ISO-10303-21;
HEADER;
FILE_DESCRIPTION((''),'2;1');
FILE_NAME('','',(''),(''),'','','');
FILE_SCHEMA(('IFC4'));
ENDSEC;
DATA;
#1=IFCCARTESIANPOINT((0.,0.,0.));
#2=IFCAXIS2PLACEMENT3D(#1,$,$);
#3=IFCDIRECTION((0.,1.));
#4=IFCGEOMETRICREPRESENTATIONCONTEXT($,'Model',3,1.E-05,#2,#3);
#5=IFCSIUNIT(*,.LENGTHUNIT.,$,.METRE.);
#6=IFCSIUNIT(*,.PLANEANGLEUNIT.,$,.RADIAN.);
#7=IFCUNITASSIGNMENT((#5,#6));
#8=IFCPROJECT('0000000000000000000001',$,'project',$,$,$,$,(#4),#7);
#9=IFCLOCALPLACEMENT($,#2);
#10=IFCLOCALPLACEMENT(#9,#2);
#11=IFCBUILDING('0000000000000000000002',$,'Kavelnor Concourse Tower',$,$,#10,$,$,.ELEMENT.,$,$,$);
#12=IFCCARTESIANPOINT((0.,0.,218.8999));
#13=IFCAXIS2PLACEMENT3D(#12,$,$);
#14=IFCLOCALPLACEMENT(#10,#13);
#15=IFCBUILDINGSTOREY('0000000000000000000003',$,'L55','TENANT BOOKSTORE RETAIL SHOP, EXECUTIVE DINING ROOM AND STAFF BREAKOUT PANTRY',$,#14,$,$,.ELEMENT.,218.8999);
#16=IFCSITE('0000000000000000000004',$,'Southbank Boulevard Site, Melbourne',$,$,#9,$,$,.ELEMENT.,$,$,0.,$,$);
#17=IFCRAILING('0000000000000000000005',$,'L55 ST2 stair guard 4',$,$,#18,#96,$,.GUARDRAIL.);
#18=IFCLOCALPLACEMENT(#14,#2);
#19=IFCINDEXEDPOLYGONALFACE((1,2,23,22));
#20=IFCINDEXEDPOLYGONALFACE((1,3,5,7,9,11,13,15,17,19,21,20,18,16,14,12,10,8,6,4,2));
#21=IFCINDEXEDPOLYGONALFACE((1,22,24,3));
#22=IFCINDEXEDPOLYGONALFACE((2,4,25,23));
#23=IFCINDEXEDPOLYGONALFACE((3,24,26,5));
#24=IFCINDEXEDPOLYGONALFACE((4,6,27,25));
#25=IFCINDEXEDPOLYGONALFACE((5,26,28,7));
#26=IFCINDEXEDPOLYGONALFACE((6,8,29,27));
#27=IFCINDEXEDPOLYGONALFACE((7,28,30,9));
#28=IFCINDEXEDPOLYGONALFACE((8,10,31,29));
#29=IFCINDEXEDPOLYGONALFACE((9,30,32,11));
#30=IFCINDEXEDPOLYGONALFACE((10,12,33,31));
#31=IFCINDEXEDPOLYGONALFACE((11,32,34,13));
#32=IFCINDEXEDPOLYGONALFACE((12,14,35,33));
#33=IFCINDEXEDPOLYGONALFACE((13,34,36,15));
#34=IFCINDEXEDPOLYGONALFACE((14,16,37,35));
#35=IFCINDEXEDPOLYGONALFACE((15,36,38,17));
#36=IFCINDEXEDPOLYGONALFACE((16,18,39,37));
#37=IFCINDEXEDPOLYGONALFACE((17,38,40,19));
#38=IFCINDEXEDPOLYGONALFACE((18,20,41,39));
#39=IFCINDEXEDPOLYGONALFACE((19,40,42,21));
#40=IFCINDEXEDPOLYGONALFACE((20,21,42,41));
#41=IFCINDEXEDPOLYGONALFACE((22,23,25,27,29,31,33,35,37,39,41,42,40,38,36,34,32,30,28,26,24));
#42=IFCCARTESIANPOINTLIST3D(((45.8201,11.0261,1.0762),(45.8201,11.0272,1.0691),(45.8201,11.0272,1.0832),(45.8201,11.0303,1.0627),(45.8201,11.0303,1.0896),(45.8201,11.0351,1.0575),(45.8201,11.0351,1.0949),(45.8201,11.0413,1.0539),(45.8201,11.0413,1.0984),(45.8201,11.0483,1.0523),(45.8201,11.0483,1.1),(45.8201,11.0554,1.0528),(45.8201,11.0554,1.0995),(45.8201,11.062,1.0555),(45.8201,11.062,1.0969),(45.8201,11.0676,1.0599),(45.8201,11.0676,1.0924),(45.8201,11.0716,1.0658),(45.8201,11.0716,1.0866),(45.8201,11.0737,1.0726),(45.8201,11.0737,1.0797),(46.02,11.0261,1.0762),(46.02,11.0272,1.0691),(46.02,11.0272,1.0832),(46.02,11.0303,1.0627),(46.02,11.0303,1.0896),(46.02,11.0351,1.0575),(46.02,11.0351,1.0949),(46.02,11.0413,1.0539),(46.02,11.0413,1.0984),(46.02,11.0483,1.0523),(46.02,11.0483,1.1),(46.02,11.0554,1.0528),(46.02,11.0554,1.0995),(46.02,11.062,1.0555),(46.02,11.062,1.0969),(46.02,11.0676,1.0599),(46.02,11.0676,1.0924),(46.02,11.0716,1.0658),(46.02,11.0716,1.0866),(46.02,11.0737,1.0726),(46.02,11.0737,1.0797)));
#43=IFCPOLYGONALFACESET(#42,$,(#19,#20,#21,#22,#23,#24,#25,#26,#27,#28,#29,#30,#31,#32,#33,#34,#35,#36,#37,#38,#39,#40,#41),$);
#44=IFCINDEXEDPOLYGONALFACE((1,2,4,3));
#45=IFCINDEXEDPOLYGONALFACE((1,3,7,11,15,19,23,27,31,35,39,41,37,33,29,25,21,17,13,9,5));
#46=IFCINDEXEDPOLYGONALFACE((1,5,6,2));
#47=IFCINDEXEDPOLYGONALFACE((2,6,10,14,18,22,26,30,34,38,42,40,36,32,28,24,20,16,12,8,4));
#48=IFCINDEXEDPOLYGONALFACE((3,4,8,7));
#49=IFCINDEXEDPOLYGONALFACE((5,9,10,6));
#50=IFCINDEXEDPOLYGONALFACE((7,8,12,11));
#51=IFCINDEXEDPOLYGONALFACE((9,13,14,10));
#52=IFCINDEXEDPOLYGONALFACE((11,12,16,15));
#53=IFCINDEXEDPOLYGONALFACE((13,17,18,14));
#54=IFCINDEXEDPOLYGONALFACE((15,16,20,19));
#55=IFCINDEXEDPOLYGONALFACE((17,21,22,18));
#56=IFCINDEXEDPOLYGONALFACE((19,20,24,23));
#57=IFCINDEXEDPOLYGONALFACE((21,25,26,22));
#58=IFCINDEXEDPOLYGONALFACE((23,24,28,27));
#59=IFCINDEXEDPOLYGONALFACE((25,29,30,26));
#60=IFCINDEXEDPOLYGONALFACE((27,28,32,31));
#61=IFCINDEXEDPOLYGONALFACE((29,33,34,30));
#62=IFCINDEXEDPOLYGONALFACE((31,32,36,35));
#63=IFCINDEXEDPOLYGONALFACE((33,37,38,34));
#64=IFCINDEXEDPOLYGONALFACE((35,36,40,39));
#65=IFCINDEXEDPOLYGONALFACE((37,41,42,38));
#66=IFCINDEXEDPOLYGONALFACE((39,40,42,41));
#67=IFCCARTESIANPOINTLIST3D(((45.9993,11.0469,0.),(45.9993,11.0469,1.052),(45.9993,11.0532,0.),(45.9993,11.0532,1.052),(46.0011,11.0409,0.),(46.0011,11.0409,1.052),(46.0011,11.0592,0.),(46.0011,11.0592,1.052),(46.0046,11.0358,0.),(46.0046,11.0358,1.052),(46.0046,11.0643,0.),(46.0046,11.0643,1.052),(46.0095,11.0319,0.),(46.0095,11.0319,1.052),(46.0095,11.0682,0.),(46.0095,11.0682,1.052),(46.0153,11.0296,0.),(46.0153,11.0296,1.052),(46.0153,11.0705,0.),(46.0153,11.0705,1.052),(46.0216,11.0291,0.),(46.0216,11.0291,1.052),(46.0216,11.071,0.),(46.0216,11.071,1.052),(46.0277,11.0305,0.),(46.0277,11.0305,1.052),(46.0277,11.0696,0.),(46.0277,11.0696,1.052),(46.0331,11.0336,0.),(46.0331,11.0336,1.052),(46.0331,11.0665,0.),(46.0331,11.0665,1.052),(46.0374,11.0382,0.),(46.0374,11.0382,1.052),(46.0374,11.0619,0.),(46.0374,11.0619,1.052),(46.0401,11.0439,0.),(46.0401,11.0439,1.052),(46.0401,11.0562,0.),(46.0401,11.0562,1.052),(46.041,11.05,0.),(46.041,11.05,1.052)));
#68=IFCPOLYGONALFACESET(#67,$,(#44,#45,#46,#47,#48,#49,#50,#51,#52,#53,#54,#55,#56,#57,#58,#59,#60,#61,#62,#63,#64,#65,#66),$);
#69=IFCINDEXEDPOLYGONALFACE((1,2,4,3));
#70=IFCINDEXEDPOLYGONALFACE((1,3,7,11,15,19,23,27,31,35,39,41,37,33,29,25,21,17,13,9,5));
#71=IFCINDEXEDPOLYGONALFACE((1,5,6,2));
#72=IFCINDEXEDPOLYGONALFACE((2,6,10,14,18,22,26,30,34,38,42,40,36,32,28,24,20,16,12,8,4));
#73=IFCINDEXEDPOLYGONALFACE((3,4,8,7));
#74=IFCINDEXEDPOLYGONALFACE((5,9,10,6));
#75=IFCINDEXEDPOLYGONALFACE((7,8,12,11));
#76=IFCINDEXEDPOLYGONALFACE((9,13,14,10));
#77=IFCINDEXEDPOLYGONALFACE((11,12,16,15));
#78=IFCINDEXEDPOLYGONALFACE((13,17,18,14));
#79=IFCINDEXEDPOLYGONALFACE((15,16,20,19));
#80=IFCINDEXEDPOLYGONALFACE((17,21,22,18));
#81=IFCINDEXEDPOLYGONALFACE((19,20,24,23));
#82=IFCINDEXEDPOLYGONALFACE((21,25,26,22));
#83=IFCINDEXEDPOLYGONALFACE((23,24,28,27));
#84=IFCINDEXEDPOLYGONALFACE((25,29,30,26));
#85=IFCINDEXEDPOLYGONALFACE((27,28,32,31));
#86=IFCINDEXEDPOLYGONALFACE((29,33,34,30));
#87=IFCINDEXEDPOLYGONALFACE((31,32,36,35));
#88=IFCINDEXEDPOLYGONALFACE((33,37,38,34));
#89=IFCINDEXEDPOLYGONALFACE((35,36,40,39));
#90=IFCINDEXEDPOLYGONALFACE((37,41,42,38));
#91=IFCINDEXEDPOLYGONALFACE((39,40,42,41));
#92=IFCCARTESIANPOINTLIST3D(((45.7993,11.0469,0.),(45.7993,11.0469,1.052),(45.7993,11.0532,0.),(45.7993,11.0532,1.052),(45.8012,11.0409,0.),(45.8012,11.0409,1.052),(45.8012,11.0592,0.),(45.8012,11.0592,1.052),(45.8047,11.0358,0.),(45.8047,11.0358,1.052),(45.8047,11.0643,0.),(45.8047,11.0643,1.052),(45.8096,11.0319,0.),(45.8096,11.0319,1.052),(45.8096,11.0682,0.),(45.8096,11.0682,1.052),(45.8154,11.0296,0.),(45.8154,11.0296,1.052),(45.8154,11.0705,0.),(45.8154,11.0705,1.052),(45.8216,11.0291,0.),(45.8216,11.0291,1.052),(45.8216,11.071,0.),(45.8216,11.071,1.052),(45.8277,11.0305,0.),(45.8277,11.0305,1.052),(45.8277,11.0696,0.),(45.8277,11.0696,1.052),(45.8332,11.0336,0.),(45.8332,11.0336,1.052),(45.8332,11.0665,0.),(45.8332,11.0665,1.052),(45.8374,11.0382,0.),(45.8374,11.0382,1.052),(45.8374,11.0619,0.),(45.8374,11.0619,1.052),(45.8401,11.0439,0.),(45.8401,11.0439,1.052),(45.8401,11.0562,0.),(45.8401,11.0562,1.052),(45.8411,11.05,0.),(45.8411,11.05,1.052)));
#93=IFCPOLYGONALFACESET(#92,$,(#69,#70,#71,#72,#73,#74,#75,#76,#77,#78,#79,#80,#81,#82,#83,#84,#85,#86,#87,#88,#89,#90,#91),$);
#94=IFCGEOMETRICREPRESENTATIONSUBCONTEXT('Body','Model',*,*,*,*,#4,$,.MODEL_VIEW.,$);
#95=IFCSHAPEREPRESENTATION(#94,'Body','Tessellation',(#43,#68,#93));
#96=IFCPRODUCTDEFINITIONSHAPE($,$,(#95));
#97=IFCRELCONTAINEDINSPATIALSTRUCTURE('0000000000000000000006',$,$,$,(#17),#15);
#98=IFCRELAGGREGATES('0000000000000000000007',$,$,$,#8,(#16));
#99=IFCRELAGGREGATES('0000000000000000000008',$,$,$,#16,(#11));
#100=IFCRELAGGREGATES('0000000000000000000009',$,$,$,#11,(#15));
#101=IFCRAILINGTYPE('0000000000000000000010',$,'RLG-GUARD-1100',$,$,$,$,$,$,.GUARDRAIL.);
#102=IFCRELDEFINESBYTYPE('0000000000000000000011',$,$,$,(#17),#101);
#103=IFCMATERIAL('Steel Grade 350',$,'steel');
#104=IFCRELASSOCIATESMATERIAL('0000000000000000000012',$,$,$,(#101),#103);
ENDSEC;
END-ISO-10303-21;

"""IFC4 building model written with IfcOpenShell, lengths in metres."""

from ifc_helpers import new_model, si_unit, direction, frame, origin, origin_2d, place, context, subcontext, project, spatial, circle, extrude, material, type_object, element, save


model = new_model("IFC4")

# Units and contexts
model_context = context("Model", 3, precision=1e-05, world=origin(), true_north=direction((0.0, 1.0)))
body_context = subcontext(model_context, "Body", "Model", "MODEL_VIEW")
ifc_project = project(units=[si_unit("LENGTHUNIT", "METRE"), si_unit("PLANEANGLEUNIT", "RADIAN")], contexts=[model_context])

# Site, building, storey
site_placement = place(None, origin())
site = spatial("IfcSite", under=ifc_project, at=site_placement, Name="Southbank Boulevard Site, Melbourne", CompositionType="ELEMENT", RefElevation=0.0)
building_placement = place(site_placement, origin())
building = spatial("IfcBuilding", under=site, at=building_placement, Name="Kavelnor Concourse Tower", CompositionType="ELEMENT")
storey_placement = place(building_placement, frame((0.0, 0.0, 218.8999)))
storey = spatial("IfcBuildingStorey", under=building, at=storey_placement, Name="L55", Description="TENANT BOOKSTORE RETAIL SHOP, EXECUTIVE DINING ROOM AND STAFF BREAKOUT PANTRY", CompositionType="ELEMENT", Elevation=218.8999)

# Shared definitions
ifc_material_1 = material(Name="Steel Grade 350", Category="steel")

# Railing
railing_type_1 = type_object("IfcRailingType", Name="RLG-GUARD-1100", PredefinedType="GUARDRAIL", material=ifc_material_1)
railing_1_placement = place(storey_placement, frame((46.02, 11.05, 0.0)))
element("IfcRailing", 1, at=railing_1_placement, inside=storey, type_object=railing_type_1, Name="L55 ST2 stair guard 4", PredefinedType="GUARDRAIL", context=body_context, shape_type="SweptSolid", body=[
    extrude(circle(Radius=0.0239, at=origin_2d()), frame((0.0, 0.0, 1.0762), z_axis=(-1.0, 0.0, 0.0), x_axis=(0.0, -1.0, 0.0)), (0.0, 0.0, 1.0), 0.2),
    extrude(circle(Radius=0.021, at=origin_2d()), origin(), (0.0, 0.0, 1.0), 1.052),
    extrude(circle(Radius=0.021, at=origin_2d()), frame((-0.2, 0.0, 0.0)), (0.0, 0.0, 1.0), 1.052),
])

save(model, "model.ifc")
